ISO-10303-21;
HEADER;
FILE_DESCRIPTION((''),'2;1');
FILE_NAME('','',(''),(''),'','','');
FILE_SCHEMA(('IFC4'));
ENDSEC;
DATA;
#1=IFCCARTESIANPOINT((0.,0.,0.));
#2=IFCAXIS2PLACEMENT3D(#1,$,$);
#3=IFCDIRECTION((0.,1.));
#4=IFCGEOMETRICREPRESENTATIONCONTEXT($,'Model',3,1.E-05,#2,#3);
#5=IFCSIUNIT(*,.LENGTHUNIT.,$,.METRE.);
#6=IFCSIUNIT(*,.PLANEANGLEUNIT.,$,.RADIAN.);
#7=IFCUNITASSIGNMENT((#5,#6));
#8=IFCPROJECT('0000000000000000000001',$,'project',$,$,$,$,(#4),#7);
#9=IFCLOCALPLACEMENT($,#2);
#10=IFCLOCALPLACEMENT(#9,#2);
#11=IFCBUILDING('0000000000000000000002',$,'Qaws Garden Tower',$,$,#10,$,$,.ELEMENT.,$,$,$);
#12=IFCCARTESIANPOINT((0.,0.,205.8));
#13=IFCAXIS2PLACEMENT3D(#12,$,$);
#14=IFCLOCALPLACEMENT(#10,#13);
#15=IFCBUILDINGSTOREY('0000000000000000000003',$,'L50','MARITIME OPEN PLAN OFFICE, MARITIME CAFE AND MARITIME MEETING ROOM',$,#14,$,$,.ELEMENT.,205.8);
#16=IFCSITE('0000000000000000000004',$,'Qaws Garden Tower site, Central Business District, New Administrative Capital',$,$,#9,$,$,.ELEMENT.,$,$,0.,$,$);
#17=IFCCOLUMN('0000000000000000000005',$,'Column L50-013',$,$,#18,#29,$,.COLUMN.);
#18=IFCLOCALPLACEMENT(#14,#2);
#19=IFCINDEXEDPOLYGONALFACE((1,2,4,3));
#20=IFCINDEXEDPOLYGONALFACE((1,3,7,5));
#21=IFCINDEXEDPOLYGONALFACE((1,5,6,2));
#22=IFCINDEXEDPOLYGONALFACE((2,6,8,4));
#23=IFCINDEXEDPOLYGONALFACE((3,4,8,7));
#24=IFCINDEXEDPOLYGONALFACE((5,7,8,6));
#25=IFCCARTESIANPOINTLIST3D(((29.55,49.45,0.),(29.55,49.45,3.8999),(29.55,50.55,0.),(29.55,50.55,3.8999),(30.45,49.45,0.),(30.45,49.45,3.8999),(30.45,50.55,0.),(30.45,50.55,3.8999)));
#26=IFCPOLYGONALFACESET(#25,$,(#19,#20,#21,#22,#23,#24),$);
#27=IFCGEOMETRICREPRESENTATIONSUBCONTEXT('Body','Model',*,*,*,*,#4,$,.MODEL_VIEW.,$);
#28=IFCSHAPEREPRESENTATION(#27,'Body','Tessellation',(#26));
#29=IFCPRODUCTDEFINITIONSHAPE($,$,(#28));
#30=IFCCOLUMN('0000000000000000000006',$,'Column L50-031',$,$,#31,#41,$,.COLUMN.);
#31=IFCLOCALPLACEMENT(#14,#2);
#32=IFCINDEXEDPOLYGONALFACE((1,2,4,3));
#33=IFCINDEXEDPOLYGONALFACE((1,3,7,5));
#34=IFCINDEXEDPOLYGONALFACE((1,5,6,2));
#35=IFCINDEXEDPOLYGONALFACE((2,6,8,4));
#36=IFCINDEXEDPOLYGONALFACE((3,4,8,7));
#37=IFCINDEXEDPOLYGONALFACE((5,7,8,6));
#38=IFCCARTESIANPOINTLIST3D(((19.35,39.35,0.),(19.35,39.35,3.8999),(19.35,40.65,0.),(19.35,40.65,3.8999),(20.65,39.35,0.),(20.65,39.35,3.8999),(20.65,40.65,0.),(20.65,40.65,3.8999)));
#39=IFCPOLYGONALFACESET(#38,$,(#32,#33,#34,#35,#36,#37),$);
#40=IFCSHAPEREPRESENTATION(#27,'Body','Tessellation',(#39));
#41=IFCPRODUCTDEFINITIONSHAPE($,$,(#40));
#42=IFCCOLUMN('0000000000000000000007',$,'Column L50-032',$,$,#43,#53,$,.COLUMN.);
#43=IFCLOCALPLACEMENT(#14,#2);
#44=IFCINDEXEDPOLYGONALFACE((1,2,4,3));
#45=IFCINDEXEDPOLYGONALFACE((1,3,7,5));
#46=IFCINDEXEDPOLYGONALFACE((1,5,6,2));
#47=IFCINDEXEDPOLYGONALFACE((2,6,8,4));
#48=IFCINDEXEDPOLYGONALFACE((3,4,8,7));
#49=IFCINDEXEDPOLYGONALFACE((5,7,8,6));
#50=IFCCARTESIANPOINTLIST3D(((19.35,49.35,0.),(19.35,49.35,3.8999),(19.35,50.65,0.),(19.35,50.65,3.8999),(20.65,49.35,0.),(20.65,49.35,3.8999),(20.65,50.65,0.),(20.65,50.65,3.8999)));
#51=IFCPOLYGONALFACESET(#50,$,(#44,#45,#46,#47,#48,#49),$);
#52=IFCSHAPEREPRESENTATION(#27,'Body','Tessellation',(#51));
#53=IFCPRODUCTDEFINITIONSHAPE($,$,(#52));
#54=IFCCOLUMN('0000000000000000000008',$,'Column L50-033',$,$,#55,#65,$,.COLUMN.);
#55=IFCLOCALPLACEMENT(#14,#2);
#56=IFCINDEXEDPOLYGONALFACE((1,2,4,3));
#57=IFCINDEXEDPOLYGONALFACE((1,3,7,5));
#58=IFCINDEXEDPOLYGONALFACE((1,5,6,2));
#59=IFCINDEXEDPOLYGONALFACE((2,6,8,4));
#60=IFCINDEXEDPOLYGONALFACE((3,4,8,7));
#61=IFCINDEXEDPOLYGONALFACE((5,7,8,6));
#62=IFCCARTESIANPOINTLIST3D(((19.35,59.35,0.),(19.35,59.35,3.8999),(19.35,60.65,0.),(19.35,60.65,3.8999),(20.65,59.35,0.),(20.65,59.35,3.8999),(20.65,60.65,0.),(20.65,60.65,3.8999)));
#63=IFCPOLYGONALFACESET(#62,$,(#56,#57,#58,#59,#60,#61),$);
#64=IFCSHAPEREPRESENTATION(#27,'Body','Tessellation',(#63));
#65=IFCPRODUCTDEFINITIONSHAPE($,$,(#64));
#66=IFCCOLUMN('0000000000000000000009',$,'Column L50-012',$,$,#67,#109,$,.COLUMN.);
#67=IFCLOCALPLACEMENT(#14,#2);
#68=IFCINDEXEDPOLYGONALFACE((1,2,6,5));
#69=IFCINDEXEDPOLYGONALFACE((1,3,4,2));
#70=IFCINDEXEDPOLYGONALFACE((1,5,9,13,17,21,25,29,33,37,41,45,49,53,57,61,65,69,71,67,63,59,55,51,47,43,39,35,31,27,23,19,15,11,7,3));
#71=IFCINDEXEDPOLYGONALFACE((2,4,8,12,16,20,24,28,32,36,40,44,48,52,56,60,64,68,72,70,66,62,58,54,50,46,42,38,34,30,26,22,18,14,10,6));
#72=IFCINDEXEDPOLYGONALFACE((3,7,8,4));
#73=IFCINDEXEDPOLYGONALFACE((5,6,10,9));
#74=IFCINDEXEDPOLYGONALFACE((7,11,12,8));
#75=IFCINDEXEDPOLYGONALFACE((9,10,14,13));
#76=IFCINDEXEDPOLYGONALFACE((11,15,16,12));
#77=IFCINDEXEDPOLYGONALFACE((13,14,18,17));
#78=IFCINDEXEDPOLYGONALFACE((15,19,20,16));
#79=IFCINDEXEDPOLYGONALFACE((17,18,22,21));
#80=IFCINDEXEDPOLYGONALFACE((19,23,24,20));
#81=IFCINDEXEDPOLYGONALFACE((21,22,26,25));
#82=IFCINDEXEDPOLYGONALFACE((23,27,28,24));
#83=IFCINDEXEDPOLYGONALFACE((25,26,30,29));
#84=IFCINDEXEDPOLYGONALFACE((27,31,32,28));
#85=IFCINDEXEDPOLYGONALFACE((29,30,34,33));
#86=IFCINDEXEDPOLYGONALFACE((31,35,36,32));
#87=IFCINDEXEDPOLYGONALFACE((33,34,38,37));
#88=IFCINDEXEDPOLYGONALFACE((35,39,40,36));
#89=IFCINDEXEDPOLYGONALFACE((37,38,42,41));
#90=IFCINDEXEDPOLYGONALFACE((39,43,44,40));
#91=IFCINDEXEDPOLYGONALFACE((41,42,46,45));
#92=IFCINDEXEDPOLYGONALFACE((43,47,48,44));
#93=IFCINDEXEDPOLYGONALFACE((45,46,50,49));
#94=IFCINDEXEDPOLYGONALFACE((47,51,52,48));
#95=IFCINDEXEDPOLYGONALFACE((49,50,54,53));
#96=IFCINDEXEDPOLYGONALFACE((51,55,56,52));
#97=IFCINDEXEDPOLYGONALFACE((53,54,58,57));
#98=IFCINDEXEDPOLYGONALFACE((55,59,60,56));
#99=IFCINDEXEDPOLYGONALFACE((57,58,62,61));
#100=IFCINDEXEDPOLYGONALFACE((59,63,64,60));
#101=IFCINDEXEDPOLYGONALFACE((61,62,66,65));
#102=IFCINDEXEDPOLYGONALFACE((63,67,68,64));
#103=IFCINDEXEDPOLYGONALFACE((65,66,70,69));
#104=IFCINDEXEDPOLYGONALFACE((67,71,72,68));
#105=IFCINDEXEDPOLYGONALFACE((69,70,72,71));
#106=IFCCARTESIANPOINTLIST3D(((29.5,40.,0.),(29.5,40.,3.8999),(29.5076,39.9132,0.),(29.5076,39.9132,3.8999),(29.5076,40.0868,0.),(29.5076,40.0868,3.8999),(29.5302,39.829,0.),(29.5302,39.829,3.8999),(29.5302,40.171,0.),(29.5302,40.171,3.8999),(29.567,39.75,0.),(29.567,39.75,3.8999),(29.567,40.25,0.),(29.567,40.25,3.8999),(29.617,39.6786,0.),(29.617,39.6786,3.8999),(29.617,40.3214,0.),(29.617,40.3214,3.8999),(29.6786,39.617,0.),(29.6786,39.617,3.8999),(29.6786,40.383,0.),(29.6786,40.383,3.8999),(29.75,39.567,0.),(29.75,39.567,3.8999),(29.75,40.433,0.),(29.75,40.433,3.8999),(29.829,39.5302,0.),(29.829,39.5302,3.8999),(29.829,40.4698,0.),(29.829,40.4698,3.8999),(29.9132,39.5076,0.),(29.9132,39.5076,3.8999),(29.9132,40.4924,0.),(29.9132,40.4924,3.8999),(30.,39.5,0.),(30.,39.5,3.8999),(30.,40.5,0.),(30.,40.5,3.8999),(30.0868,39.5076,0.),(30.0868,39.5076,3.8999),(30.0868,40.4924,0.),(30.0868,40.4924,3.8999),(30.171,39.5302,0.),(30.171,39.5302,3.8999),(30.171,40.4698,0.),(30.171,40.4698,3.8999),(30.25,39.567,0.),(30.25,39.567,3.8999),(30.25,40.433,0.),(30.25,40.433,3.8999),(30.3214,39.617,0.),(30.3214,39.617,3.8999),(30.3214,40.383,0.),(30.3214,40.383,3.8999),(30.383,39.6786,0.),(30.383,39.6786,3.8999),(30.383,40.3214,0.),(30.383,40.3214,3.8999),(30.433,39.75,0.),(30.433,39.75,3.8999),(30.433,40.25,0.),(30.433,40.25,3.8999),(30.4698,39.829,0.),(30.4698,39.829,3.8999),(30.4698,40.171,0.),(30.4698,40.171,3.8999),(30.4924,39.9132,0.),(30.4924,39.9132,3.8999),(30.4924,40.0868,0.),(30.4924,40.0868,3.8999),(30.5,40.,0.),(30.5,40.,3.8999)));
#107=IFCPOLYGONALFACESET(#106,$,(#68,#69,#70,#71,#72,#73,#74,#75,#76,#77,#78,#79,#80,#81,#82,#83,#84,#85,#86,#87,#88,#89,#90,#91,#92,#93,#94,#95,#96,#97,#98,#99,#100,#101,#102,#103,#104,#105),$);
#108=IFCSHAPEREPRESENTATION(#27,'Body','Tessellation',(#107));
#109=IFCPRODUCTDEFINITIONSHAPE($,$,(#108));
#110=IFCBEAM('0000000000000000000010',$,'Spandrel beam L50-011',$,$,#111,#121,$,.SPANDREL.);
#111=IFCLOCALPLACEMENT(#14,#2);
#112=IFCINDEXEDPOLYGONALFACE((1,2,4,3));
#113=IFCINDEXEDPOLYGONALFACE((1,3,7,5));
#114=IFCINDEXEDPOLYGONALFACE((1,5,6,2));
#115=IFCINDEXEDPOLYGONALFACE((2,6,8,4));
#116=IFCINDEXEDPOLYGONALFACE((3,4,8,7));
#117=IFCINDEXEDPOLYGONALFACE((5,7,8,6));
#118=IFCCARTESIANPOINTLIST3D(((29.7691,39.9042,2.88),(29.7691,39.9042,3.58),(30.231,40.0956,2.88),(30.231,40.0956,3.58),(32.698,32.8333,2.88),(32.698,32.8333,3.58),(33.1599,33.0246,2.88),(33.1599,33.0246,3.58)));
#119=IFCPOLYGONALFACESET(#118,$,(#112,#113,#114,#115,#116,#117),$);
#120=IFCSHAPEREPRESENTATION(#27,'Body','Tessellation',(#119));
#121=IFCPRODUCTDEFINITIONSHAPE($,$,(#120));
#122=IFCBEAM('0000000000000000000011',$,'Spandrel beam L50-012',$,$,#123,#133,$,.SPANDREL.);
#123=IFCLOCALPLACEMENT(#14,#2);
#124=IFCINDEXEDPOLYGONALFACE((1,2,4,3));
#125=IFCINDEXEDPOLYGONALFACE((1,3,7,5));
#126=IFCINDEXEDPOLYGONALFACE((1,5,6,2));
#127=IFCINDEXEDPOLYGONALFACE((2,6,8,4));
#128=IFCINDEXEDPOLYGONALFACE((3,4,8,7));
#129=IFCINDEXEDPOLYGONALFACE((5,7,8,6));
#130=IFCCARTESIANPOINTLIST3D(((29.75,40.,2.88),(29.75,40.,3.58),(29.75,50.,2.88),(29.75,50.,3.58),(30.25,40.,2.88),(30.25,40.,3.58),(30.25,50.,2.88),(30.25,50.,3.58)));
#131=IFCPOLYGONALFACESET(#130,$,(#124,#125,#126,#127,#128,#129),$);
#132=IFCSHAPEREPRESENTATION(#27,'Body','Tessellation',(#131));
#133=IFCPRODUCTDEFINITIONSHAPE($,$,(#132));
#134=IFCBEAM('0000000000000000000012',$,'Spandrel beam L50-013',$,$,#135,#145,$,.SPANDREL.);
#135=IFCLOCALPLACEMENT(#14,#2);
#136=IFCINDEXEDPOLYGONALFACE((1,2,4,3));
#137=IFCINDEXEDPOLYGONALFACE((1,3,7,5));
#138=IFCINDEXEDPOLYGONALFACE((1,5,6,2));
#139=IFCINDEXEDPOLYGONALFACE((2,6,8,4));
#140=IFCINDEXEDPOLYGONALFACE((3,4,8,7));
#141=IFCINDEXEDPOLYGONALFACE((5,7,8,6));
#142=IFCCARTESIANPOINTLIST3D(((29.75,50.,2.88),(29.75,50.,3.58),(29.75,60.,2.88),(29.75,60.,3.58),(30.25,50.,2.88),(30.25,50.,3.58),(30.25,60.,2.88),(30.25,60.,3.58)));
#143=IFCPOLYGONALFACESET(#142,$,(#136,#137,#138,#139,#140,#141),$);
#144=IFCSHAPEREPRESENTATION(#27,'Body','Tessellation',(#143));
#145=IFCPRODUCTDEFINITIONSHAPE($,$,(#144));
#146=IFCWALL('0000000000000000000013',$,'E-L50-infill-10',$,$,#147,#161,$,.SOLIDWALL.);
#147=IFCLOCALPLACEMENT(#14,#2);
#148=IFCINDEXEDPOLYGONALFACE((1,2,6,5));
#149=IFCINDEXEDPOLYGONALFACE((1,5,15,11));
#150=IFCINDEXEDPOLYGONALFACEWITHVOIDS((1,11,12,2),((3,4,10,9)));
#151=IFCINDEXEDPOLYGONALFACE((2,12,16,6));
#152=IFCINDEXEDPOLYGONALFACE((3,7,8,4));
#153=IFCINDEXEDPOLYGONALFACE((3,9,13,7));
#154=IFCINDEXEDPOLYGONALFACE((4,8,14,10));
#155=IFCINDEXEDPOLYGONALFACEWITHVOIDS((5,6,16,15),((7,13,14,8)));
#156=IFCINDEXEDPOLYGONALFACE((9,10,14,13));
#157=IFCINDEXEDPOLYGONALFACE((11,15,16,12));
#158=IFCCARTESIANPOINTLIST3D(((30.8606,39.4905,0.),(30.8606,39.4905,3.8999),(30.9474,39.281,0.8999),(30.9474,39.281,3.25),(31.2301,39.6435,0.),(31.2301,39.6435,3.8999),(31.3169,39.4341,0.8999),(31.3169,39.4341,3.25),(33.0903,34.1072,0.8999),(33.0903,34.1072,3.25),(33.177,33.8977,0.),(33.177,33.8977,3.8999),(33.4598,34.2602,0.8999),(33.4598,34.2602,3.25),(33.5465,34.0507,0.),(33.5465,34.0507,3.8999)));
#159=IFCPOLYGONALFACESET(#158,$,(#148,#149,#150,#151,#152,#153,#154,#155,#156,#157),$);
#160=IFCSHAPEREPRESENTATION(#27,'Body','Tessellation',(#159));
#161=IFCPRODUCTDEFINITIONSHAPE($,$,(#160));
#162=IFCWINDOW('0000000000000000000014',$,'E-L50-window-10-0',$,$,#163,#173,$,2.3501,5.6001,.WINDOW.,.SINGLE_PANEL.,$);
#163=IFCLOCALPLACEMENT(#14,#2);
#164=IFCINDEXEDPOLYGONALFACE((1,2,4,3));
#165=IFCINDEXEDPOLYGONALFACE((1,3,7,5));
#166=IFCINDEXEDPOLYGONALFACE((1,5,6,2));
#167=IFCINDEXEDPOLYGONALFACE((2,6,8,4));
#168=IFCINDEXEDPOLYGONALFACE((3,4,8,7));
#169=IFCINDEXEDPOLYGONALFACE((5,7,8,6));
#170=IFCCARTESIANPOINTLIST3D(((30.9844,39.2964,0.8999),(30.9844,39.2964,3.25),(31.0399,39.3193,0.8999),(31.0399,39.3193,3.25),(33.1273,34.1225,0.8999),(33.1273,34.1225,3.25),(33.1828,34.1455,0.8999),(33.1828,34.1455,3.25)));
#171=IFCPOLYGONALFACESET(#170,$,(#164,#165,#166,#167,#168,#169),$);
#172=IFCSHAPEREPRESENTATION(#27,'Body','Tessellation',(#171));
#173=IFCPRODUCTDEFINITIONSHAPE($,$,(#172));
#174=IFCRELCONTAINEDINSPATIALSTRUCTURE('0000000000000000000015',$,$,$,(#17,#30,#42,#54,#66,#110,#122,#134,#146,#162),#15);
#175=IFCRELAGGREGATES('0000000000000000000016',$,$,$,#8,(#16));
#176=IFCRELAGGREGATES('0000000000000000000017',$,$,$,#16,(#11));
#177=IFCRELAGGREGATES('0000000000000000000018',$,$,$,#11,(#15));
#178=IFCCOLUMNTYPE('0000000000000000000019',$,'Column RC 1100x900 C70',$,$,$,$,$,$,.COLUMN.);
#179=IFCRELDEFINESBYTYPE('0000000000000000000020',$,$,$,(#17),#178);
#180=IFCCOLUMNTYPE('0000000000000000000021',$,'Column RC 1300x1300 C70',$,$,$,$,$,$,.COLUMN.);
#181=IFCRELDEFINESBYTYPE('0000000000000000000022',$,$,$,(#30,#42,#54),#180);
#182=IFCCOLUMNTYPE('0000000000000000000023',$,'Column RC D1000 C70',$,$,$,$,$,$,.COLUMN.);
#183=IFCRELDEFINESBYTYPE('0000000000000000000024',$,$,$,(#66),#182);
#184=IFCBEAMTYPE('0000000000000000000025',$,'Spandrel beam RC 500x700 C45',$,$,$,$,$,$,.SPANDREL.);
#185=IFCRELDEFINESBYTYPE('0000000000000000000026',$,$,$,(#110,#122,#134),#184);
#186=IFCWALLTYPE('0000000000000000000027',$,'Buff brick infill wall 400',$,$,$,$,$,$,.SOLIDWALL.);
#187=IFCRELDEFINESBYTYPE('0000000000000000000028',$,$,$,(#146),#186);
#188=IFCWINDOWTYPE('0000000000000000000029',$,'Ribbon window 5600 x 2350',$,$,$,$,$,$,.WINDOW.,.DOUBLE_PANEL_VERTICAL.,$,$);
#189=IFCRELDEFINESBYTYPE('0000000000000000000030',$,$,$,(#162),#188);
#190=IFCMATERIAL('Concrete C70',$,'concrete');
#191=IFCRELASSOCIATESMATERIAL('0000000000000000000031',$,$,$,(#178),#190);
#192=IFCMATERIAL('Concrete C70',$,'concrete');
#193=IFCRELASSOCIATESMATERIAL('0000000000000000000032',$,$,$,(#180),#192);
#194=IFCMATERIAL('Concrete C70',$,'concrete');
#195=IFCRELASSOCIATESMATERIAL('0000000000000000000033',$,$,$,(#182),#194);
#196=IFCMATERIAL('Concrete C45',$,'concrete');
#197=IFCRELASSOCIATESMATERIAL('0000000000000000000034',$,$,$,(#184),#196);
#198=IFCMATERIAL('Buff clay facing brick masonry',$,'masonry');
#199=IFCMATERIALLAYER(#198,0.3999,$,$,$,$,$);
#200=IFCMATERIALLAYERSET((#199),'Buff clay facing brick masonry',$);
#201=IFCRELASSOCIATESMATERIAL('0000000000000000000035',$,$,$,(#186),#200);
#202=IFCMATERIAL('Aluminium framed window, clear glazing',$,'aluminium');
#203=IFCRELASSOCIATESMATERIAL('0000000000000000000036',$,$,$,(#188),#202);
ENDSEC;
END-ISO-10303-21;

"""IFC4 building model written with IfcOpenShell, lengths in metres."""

from ifc_helpers import new_model, si_unit, direction, frame, frame_2d, origin, origin_2d, place, context, subcontext, project, spatial, rectangle, circle, extrude, material, layer, layer_set, material_profile, profile_set, type_object, element, fill, save


model = new_model("IFC4")

# Units and contexts
model_context = context("Model", 3, precision=1e-05, world=origin(), true_north=direction((0.0, 1.0)))
body_context = subcontext(model_context, "Body", "Model", "MODEL_VIEW")
ifc_project = project(units=[si_unit("LENGTHUNIT", "METRE"), si_unit("PLANEANGLEUNIT", "RADIAN")], contexts=[model_context])

# Site, building, storey
site_placement = place(None, origin())
site = spatial("IfcSite", under=ifc_project, at=site_placement, Name="Qaws Garden Tower site, Central Business District, New Administrative Capital", CompositionType="ELEMENT", RefElevation=0.0)
building_placement = place(site_placement, origin())
building = spatial("IfcBuilding", under=site, at=building_placement, Name="Qaws Garden Tower", CompositionType="ELEMENT")
storey_placement = place(building_placement, frame((0.0, 0.0, 205.8)))
storey = spatial("IfcBuildingStorey", under=building, at=storey_placement, Name="L50", Description="MARITIME OPEN PLAN OFFICE, MARITIME CAFE AND MARITIME MEETING ROOM", CompositionType="ELEMENT", Elevation=205.8)

# Columns
ifc_material_1 = material(Name="Concrete C70", Category="concrete")
ifc_material_profile_1 = material_profile(ifc_material_1, rectangle(XDim=1.1001, YDim=0.8999, at=origin_2d()), Name="RC 1100x900")
ifc_profile_set_1 = profile_set([ifc_material_profile_1], Name="Concrete C70")
column_type_1 = type_object("IfcColumnType", Name="Column RC 1100x900 C70", PredefinedType="COLUMN", material=ifc_profile_set_1)
column_1_placement = place(storey_placement, frame((30.0, 50.0, 0.0), z_axis=(0.0, 0.0, 1.0), x_axis=(0.0, 1.0, 0.0)))
element("IfcColumn", 1, at=column_1_placement, inside=storey, type_object=column_type_1, Name="Column L50-013", PredefinedType="COLUMN", context=body_context, shape_type="SweptSolid", body=[
    extrude(rectangle(XDim=1.1001, YDim=0.8999, at=origin_2d()), origin(), (0.0, 0.0, 1.0), 3.8999),
])
ifc_material_2 = material(Name="Concrete C70", Category="concrete")
ifc_material_profile_2 = material_profile(ifc_material_2, rectangle(XDim=1.3, YDim=1.3, at=origin_2d()), Name="RC 1300x1300")
ifc_profile_set_2 = profile_set([ifc_material_profile_2], Name="Concrete C70")
column_type_2 = type_object("IfcColumnType", Name="Column RC 1300x1300 C70", PredefinedType="COLUMN", material=ifc_profile_set_2)
for number, where, z_axis, x_axis, name in (
    (2, (20.0, 40.0, 0.0), (0.0, 0.0, 1.0), (1.0, 0.0, 0.0), "Column L50-031"),
    (3, (20.0, 50.0, 0.0), (0.0, 0.0, 1.0), (1.0, 0.0, 0.0), "Column L50-032"),
    (4, (20.0, 60.0, 0.0), (0.0, 0.0, 1.0), (1.0, 0.0, 0.0), "Column L50-033"),
):
    element("IfcColumn", number, at=place(storey_placement, frame(where, z_axis=z_axis, x_axis=x_axis)), inside=storey, type_object=column_type_2, Name=name, PredefinedType="COLUMN", context=body_context, shape_type="SweptSolid", body=[
        extrude(rectangle(XDim=1.3, YDim=1.3, at=origin_2d()), origin(), (0.0, 0.0, 1.0), 3.8999),
    ])
ifc_material_3 = material(Name="Concrete C70", Category="concrete")
ifc_material_profile_3 = material_profile(ifc_material_3, circle(Radius=0.5, at=origin_2d()), Name="RC D1000")
ifc_profile_set_3 = profile_set([ifc_material_profile_3], Name="Concrete C70")
column_type_3 = type_object("IfcColumnType", Name="Column RC D1000 C70", PredefinedType="COLUMN", material=ifc_profile_set_3)
column_2_placement = place(storey_placement, frame((30.0, 40.0, 0.0), z_axis=(0.0, 0.0, 1.0), x_axis=(1.0, 0.0, 0.0)))
element("IfcColumn", 5, at=column_2_placement, inside=storey, type_object=column_type_3, Name="Column L50-012", PredefinedType="COLUMN", context=body_context, shape_type="SweptSolid", body=[
    extrude(circle(Radius=0.5, at=origin_2d()), origin(), (0.0, 0.0, 1.0), 3.8999),
])

# Beams
ifc_material_4 = material(Name="Concrete C45", Category="concrete")
ifc_material_profile_4 = material_profile(ifc_material_4, rectangle(XDim=0.5, YDim=0.7, at=origin_2d()), Name="RC 500x700")
ifc_profile_set_4 = profile_set([ifc_material_profile_4], Name="Concrete C45")
beam_type = type_object("IfcBeamType", Name="Spandrel beam RC 500x700 C45", PredefinedType="SPANDREL", material=ifc_profile_set_4)
beam_placement = place(storey_placement, frame((32.929, 32.929, 3.23), z_axis=(-0.382687, 0.923878, 0.0), x_axis=(-0.923878, -0.382687, 0.0)))
element("IfcBeam", 6, at=beam_placement, inside=storey, type_object=beam_type, Name="Spandrel beam L50-011", PredefinedType="SPANDREL", context=body_context, shape_type="SweptSolid", body=[
    extrude(rectangle(XDim=0.5, YDim=0.7, at=origin_2d()), origin(), (0.0, 0.0, 1.0), 7.6536),
])
for number, where, z_axis, x_axis, name in (
    (7, (30.0, 40.0, 3.23), (0.0, 1.0, 0.0), (-1.0, 0.0, 0.0), "Spandrel beam L50-012"),
    (8, (30.0, 50.0, 3.23), (0.0, 1.0, 0.0), (-1.0, 0.0, 0.0), "Spandrel beam L50-013"),
):
    element("IfcBeam", number, at=place(storey_placement, frame(where, z_axis=z_axis, x_axis=x_axis)), inside=storey, type_object=beam_type, Name=name, PredefinedType="SPANDREL", context=body_context, shape_type="SweptSolid", body=[
        extrude(rectangle(XDim=0.5, YDim=0.7, at=origin_2d()), origin(), (0.0, 0.0, 1.0), 10.0),
    ])

# Wall, opening, window
ifc_material_5 = material(Name="Buff clay facing brick masonry", Category="masonry")
ifc_layer_1 = layer(ifc_material_5, 0.3999)
ifc_layer_set_1 = layer_set([ifc_layer_1], Name="Buff clay facing brick masonry")
wall_type_1 = type_object("IfcWallType", Name="Buff brick infill wall 400", PredefinedType="SOLIDWALL", material=ifc_layer_set_1)
wall_1_placement = place(storey_placement, frame((33.3618, 33.9741, 0.0), z_axis=(0.0, 0.0, 1.0), x_axis=(-0.382656, 0.923891, 0.0)))
wall_1 = element("IfcWall", 9, at=wall_1_placement, inside=storey, type_object=wall_type_1, Name="E-L50-infill-10", PredefinedType="SOLIDWALL", context=body_context, shape_type="SweptSolid", body=[
    extrude(rectangle(XDim=6.0535, YDim=0.3999, at=frame_2d((3.0269, 0.0))), origin(), (0.0, 0.0, 1.0), 3.8999),
])
opening_1_placement = place(wall_1_placement, frame((0.2268, 0.0, 0.8999)))
opening_1 = element("IfcOpeningElement", 10, at=opening_1_placement, cuts=wall_1, PredefinedType="OPENING", context=body_context, shape_type="SweptSolid", body=[
    extrude(rectangle(XDim=5.6001, YDim=2.3501, at=frame_2d((2.8, 1.175))), frame((0.0, 0.21, 0.0), z_axis=(0.0, -1.0, 0.0), x_axis=(1.0, 0.0, 0.0)), (0.0, 0.0, 1.0), 0.4199),
])
ifc_material_6 = material(Name="Aluminium framed window, clear glazing", Category="aluminium")
window_type_1 = type_object("IfcWindowType", Name="Ribbon window 5600 x 2350", PartitioningType="DOUBLE_PANEL_VERTICAL", PredefinedType="WINDOW", material=ifc_material_6)
window_1_placement = place(opening_1_placement, origin())
window_1 = element("IfcWindow", 11, at=window_1_placement, inside=storey, type_object=window_type_1, Name="E-L50-window-10-0", OverallHeight=2.3501, OverallWidth=5.6001, PartitioningType="SINGLE_PANEL", PredefinedType="WINDOW", context=body_context, shape_type="SweptSolid", body=[
    extrude(rectangle(XDim=5.6001, YDim=2.3501, at=frame_2d((2.8, 1.175))), frame((0.0, 0.1599, 0.0), z_axis=(0.0, -1.0, 0.0), x_axis=(1.0, 0.0, 0.0)), (0.0, 0.0, 1.0), 0.0601),
])
fill(opening_1, window_1)

save(model, "model.ifc")
